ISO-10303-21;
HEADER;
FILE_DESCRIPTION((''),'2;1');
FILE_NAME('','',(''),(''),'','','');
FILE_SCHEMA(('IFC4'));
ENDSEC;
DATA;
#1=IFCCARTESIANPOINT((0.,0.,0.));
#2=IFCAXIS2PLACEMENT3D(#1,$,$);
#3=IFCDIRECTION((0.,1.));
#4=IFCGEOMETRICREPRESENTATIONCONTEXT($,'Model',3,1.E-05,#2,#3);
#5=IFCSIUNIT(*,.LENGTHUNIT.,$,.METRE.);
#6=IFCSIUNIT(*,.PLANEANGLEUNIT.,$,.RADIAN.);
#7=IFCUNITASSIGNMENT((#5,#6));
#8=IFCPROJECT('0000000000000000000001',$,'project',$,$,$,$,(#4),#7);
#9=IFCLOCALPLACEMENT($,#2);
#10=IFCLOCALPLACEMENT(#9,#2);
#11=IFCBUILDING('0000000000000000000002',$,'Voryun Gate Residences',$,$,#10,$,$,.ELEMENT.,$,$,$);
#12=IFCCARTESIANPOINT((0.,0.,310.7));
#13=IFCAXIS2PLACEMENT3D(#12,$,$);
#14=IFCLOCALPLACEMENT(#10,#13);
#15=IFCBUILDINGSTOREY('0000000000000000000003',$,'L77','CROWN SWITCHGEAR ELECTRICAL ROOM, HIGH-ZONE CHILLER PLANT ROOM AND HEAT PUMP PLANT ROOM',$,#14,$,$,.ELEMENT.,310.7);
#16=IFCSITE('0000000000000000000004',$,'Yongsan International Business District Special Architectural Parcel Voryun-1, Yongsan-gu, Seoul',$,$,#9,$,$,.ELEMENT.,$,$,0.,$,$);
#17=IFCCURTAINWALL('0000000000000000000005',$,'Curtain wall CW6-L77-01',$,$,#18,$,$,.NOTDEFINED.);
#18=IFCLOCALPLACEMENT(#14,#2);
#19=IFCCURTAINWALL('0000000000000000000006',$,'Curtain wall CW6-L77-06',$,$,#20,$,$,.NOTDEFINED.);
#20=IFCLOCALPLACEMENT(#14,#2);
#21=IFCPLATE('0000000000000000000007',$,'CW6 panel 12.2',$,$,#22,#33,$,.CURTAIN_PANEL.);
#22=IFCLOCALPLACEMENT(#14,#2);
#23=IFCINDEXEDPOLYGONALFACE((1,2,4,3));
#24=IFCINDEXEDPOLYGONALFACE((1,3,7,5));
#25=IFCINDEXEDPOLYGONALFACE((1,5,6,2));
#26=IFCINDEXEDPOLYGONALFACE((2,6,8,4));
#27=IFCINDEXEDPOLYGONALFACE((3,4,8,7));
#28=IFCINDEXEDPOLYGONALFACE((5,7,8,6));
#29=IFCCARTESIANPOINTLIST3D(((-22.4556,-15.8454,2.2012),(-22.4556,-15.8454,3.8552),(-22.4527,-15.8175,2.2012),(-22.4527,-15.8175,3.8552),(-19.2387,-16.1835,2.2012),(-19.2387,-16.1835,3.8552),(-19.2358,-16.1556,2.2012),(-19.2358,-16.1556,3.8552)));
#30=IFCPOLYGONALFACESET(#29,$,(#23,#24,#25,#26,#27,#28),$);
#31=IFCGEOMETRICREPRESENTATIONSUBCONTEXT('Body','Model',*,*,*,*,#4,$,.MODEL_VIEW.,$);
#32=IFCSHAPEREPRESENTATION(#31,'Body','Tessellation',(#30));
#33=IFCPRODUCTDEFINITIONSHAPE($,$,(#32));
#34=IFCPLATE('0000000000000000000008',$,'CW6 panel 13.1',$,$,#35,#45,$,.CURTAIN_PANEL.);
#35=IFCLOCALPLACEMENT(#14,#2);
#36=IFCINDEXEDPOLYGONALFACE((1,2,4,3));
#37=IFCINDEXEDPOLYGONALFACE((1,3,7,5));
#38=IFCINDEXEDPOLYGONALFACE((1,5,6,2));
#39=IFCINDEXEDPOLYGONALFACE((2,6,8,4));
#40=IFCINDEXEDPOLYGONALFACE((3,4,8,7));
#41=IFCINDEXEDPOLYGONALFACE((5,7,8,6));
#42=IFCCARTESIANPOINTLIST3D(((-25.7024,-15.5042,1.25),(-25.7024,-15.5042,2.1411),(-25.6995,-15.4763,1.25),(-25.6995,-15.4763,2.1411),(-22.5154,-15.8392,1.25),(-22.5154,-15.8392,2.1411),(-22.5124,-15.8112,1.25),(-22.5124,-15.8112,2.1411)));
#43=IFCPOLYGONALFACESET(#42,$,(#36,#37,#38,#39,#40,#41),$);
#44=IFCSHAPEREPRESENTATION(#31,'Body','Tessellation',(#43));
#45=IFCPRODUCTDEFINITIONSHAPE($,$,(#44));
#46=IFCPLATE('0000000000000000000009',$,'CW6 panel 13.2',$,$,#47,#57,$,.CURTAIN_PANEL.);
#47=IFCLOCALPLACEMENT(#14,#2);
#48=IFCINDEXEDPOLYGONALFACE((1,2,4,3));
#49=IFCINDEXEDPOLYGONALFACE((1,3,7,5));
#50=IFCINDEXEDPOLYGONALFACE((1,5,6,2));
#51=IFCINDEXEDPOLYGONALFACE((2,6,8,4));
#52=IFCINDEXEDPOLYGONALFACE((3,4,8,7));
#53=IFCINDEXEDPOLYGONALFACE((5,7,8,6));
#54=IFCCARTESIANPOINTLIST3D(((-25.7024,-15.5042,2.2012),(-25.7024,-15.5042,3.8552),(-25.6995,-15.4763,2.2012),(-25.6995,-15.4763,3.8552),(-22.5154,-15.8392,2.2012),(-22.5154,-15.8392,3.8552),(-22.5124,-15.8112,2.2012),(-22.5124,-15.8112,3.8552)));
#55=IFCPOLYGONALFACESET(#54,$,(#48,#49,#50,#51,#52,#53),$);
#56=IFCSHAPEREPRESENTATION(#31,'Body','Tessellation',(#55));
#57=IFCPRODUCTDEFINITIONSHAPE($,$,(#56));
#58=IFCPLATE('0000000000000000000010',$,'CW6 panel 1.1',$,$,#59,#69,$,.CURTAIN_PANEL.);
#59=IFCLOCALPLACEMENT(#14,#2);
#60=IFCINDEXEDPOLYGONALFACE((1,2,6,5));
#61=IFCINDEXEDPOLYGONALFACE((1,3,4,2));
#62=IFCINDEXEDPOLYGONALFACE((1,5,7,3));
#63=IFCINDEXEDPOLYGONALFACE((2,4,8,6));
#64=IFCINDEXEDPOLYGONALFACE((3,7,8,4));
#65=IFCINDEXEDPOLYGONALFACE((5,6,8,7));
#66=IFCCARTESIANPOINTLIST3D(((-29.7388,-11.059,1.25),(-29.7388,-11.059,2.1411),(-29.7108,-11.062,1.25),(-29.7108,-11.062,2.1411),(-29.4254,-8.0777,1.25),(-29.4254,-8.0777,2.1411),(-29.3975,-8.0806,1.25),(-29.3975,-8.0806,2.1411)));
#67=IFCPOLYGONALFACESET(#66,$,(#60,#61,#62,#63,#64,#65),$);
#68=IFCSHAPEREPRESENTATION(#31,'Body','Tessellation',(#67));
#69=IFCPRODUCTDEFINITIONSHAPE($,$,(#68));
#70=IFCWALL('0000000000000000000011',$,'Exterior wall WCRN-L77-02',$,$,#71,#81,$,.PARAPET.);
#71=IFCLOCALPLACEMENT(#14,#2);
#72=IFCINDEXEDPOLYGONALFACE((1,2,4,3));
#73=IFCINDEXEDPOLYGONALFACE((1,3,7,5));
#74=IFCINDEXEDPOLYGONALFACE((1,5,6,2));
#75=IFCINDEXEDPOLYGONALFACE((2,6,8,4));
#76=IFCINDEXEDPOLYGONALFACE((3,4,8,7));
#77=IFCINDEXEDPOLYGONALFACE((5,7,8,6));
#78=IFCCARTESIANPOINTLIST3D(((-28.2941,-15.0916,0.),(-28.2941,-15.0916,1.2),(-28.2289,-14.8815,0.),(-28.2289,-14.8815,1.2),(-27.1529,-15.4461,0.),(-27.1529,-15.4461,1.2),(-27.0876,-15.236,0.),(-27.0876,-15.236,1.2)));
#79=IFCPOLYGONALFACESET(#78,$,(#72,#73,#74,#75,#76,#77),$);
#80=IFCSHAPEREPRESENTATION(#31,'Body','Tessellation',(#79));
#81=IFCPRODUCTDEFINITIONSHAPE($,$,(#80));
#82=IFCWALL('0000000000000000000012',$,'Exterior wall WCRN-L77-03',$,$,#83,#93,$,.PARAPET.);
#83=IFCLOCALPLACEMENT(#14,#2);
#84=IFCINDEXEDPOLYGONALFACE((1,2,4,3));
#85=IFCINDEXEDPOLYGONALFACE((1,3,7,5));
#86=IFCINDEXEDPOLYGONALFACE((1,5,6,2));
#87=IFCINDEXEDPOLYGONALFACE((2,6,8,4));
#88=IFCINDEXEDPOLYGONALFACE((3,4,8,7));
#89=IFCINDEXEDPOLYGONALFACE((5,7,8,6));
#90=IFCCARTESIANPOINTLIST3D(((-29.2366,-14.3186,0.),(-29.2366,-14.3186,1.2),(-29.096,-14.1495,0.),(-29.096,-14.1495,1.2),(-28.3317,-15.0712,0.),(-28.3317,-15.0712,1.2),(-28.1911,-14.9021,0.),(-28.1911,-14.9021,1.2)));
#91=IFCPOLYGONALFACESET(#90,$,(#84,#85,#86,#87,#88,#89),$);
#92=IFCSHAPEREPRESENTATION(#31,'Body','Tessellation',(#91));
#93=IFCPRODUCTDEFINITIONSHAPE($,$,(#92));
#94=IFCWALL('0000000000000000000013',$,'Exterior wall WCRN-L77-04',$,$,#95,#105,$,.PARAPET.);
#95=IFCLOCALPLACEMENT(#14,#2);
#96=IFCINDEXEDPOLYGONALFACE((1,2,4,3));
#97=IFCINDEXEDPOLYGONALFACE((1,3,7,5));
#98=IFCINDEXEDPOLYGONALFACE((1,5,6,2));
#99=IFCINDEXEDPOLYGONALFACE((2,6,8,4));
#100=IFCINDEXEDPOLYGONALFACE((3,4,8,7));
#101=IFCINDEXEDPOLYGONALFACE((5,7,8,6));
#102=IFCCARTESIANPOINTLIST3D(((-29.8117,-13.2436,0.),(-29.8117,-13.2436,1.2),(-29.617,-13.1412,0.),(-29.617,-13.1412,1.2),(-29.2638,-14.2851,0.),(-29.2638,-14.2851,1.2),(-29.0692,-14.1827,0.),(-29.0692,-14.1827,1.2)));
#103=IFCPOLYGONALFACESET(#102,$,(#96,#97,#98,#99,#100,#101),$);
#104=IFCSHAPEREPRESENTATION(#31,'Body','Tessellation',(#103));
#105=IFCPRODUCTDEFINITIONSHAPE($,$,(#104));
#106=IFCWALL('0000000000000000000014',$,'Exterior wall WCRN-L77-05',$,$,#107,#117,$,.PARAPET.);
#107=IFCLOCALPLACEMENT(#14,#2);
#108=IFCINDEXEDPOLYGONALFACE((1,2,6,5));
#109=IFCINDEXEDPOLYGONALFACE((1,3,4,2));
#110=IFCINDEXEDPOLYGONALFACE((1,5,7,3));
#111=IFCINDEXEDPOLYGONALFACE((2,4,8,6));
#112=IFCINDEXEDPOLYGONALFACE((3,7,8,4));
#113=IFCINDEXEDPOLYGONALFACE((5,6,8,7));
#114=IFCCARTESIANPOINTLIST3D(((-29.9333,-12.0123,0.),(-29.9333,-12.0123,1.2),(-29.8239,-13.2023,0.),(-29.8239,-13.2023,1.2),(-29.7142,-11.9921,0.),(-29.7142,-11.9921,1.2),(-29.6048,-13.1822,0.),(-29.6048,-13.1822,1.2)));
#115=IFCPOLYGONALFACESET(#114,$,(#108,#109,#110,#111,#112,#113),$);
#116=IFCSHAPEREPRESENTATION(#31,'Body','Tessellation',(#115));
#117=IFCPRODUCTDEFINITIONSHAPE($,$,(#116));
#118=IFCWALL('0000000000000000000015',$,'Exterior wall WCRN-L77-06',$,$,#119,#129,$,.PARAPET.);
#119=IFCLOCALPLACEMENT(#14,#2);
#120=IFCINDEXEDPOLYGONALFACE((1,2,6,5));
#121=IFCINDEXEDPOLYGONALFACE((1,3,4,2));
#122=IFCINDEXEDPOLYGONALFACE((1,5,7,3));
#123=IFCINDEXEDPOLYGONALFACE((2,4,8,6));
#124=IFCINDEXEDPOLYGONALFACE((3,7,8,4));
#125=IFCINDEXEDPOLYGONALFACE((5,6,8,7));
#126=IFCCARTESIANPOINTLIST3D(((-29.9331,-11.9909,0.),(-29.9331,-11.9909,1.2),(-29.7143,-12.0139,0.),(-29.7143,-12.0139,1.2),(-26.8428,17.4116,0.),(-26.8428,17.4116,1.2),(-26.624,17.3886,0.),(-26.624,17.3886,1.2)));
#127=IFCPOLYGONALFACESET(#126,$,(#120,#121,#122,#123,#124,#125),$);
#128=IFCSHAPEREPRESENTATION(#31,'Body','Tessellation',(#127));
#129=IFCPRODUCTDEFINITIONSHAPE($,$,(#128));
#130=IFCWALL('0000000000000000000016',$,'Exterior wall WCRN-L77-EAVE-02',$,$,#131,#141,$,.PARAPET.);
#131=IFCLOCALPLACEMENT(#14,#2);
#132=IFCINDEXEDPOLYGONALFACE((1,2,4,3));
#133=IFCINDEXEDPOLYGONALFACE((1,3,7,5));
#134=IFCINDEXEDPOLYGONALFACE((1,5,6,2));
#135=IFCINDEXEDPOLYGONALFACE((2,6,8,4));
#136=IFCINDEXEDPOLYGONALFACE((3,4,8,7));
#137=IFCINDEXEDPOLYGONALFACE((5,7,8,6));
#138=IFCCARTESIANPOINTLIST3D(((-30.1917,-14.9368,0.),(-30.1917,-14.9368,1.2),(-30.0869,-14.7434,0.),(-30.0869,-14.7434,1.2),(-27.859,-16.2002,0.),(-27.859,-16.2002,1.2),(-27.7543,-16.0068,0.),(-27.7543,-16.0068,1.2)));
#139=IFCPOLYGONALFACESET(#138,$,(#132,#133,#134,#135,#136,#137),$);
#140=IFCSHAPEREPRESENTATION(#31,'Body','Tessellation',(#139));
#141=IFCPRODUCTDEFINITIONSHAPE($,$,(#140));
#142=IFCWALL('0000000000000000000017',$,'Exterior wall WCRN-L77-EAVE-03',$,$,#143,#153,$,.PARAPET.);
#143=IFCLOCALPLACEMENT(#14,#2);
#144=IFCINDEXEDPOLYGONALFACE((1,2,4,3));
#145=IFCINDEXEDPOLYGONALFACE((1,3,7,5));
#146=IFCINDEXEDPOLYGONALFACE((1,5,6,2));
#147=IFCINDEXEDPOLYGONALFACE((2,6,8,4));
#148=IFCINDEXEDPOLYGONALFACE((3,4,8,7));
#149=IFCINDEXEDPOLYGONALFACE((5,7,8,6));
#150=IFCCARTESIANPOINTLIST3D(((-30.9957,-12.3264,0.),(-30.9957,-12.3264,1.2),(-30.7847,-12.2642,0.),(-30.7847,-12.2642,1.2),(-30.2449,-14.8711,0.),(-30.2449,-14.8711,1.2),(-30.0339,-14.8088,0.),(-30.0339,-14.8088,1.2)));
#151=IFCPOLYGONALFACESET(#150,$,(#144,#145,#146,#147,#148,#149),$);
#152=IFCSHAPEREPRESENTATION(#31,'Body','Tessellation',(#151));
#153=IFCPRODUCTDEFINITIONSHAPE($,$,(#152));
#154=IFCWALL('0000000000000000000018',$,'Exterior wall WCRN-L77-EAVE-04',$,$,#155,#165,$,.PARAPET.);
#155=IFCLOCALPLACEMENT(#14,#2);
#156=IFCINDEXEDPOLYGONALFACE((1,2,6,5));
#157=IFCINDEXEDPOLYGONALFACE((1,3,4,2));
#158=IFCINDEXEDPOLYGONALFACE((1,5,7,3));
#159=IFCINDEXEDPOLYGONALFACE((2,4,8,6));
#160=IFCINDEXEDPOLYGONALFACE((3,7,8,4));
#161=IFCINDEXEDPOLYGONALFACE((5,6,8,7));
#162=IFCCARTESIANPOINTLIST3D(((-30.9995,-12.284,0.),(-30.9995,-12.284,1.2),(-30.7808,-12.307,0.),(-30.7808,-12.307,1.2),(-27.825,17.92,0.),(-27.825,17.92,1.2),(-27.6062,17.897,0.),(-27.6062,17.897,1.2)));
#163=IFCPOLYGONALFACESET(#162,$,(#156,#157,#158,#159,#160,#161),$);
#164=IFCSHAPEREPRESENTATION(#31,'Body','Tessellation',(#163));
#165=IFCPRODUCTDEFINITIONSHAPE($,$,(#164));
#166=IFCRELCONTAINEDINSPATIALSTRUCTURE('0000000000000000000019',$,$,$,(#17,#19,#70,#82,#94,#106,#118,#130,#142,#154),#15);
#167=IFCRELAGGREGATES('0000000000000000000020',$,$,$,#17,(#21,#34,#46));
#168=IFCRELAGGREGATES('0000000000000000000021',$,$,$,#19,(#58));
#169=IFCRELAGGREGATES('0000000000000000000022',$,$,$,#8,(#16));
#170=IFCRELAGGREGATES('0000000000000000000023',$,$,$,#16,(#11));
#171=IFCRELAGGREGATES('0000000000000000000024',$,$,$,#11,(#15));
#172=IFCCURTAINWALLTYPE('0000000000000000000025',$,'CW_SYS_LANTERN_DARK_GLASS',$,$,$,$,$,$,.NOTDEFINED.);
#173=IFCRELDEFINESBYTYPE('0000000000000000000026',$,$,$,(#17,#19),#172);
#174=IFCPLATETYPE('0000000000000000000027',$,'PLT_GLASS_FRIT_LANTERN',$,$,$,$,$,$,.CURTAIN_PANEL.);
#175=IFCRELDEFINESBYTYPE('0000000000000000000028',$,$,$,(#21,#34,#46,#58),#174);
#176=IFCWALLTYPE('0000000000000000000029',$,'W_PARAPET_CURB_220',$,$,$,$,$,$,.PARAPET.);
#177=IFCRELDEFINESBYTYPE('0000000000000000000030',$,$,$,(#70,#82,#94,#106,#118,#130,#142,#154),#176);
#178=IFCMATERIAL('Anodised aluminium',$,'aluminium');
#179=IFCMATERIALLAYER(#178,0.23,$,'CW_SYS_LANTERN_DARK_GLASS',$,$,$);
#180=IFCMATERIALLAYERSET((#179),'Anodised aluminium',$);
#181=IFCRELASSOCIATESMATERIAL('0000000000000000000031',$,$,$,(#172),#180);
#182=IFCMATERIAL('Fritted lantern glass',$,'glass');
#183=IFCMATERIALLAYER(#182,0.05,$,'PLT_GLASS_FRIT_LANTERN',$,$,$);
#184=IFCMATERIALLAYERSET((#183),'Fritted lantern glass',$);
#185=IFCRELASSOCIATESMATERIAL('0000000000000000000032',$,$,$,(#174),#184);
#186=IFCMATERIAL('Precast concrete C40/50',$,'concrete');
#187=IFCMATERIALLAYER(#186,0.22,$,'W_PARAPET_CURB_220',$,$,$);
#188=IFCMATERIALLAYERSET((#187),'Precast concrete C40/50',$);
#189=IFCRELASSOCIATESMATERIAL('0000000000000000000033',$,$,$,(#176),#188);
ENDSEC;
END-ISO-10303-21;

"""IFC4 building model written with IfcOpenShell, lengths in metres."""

from ifc_helpers import new_model, si_unit, direction, frame, frame_2d, origin, origin_2d, place, context, subcontext, project, spatial, rectangle, extrude, material, layer, layer_set, type_object, element, aggregate, save


model = new_model("IFC4")

# Units and contexts
model_context = context("Model", 3, precision=1e-05, world=origin(), true_north=direction((0.0, 1.0)))
body_context = subcontext(model_context, "Body", "Model", "MODEL_VIEW")
ifc_project = project(units=[si_unit("LENGTHUNIT", "METRE"), si_unit("PLANEANGLEUNIT", "RADIAN")], contexts=[model_context])

# Site, building, storey
site_placement = place(None, origin())
site = spatial("IfcSite", under=ifc_project, at=site_placement, Name="Yongsan International Business District Special Architectural Parcel Voryun-1, Yongsan-gu, Seoul", CompositionType="ELEMENT", RefElevation=0.0)
building_placement = place(site_placement, origin())
building = spatial("IfcBuilding", under=site, at=building_placement, Name="Voryun Gate Residences", CompositionType="ELEMENT")
storey_placement = place(building_placement, frame((0.0, 0.0, 310.7)))
storey = spatial("IfcBuildingStorey", under=building, at=storey_placement, Name="L77", Description="CROWN SWITCHGEAR ELECTRICAL ROOM, HIGH-ZONE CHILLER PLANT ROOM AND HEAT PUMP PLANT ROOM", CompositionType="ELEMENT", Elevation=310.7)

# Curtain wall
ifc_material_1 = material(Name="Anodised aluminium", Category="aluminium")
ifc_layer_1 = layer(ifc_material_1, 0.23, Name="CW_SYS_LANTERN_DARK_GLASS")
ifc_layer_set_1 = layer_set([ifc_layer_1], Name="Anodised aluminium")
curtain_wall_type = type_object("IfcCurtainWallType", Name="CW_SYS_LANTERN_DARK_GLASS", PredefinedType="NOTDEFINED", material=ifc_layer_set_1)
curtain_wall_1_placement = place(storey_placement, origin())
curtain_wall_1 = element("IfcCurtainWall", 1, at=curtain_wall_1_placement, inside=storey, type_object=curtain_wall_type, Name="Curtain wall CW6-L77-01", PredefinedType="NOTDEFINED")

# Curtain wall
curtain_wall_2_placement = place(storey_placement, origin())
curtain_wall_2 = element("IfcCurtainWall", 2, at=curtain_wall_2_placement, inside=storey, type_object=curtain_wall_type, Name="Curtain wall CW6-L77-06", PredefinedType="NOTDEFINED")

# Plates
ifc_material_2 = material(Name="Fritted lantern glass", Category="glass")
ifc_layer_2 = layer(ifc_material_2, 0.05, Name="PLT_GLASS_FRIT_LANTERN")
ifc_layer_set_2 = layer_set([ifc_layer_2], Name="Fritted lantern glass")
plate_type_1 = type_object("IfcPlateType", Name="PLT_GLASS_FRIT_LANTERN", PredefinedType="CURTAIN_PANEL", material=ifc_layer_set_2)
plate_1_placement = place(storey_placement, frame((-20.8457, -16.0005, 2.2012), z_axis=(0.0, 0.0, 1.0), x_axis=(-0.994522, 0.104528, 0.0)))
plate_1 = element("IfcPlate", 3, at=plate_1_placement, type_object=plate_type_1, Name="CW6 panel 12.2", PredefinedType="CURTAIN_PANEL", context=body_context, shape_type="SweptSolid", body=[
    extrude(rectangle(XDim=3.2346, YDim=0.0281, at=origin_2d()), origin(), (0.0, 0.0, 1.0), 1.6541),
])
plate_2_placement = place(storey_placement, frame((-24.1074, -15.6577, 1.25), z_axis=(0.0, 0.0, 1.0), x_axis=(-0.994522, 0.104528, 0.0)))
plate_2 = element("IfcPlate", 4, at=plate_2_placement, type_object=plate_type_1, Name="CW6 panel 13.1", PredefinedType="CURTAIN_PANEL", context=body_context, shape_type="SweptSolid", body=[
    extrude(rectangle(XDim=3.2046, YDim=0.0281, at=origin_2d()), origin(), (0.0, 0.0, 1.0), 0.8911),
])
plate_3_placement = place(storey_placement, frame((-24.1074, -15.6577, 2.2012), z_axis=(0.0, 0.0, 1.0), x_axis=(-0.994522, 0.104528, 0.0)))
plate_3 = element("IfcPlate", 5, at=plate_3_placement, type_object=plate_type_1, Name="CW6 panel 13.2", PredefinedType="CURTAIN_PANEL", context=body_context, shape_type="SweptSolid", body=[
    extrude(rectangle(XDim=3.2046, YDim=0.0281, at=origin_2d()), origin(), (0.0, 0.0, 1.0), 1.6541),
])
aggregate(curtain_wall_1, [plate_1, plate_2, plate_3])
plate_4_placement = place(storey_placement, frame((-29.5681, -9.5698, 1.25), z_axis=(0.0, 0.0, 1.0), x_axis=(0.104528, 0.994522, 0.0)))
plate_4 = element("IfcPlate", 6, at=plate_4_placement, type_object=plate_type_1, Name="CW6 panel 1.1", PredefinedType="CURTAIN_PANEL", context=body_context, shape_type="SweptSolid", body=[
    extrude(rectangle(XDim=2.9978, YDim=0.0281, at=origin_2d()), origin(), (0.0, 0.0, 1.0), 0.8911),
])
aggregate(curtain_wall_2, [plate_4])

# Walls
ifc_material_3 = material(Name="Precast concrete C40/50", Category="concrete")
ifc_layer_3 = layer(ifc_material_3, 0.22, Name="W_PARAPET_CURB_220")
ifc_layer_set_3 = layer_set([ifc_layer_3], Name="Precast concrete C40/50")
wall_type = type_object("IfcWallType", Name="W_PARAPET_CURB_220", PredefinedType="PARAPET", material=ifc_layer_set_3)
wall_1_placement = place(storey_placement, frame((-27.1201, -15.3411, 0.0), z_axis=(0.0, 0.0, 1.0), x_axis=(-0.954998, 0.296611, 0.0)))
element("IfcWall", 7, at=wall_1_placement, inside=storey, type_object=wall_type, Name="Exterior wall WCRN-L77-02", PredefinedType="PARAPET", context=body_context, shape_type="SweptSolid", body=[
    extrude(rectangle(XDim=1.1951, YDim=0.22, at=frame_2d((0.5977, 0.0))), origin(), (0.0, 0.0, 1.0), 1.2),
])
wall_2_placement = place(storey_placement, frame((-28.2615, -14.9866, 0.0), z_axis=(0.0, 0.0, 1.0), x_axis=(-0.76885, 0.639429, 0.0)))
element("IfcWall", 8, at=wall_2_placement, inside=storey, type_object=wall_type, Name="Exterior wall WCRN-L77-03", PredefinedType="PARAPET", context=body_context, shape_type="SweptSolid", body=[
    extrude(rectangle(XDim=1.177, YDim=0.22, at=frame_2d((0.5884, 0.0))), origin(), (0.0, 0.0, 1.0), 1.2),
])
wall_3_placement = place(storey_placement, frame((-29.1665, -14.2339, 0.0), z_axis=(0.0, 0.0, 1.0), x_axis=(-0.465541, 0.885026, 0.0)))
element("IfcWall", 9, at=wall_3_placement, inside=storey, type_object=wall_type, Name="Exterior wall WCRN-L77-04", PredefinedType="PARAPET", context=body_context, shape_type="SweptSolid", body=[
    extrude(rectangle(XDim=1.1768, YDim=0.22, at=frame_2d((0.5884, 0.0))), origin(), (0.0, 0.0, 1.0), 1.2),
])
wall_4_placement = place(storey_placement, frame((-29.7144, -13.1924, 0.0), z_axis=(0.0, 0.0, 1.0), x_axis=(-0.09153, 0.995802, 0.0)))
element("IfcWall", 10, at=wall_4_placement, inside=storey, type_object=wall_type, Name="Exterior wall WCRN-L77-05", PredefinedType="PARAPET", context=body_context, shape_type="SweptSolid", body=[
    extrude(rectangle(XDim=1.1951, YDim=0.22, at=frame_2d((0.5977, 0.0))), origin(), (0.0, 0.0, 1.0), 1.2),
])
wall_5_placement = place(storey_placement, frame((-29.8237, -12.0024, 0.0), z_axis=(0.0, 0.0, 1.0), x_axis=(0.104528, 0.994522, 0.0)))
element("IfcWall", 11, at=wall_5_placement, inside=storey, type_object=wall_type, Name="Exterior wall WCRN-L77-06", PredefinedType="PARAPET", context=body_context, shape_type="SweptSolid", body=[
    extrude(rectangle(XDim=29.5645, YDim=0.22, at=frame_2d((14.7822, 0.0))), origin(), (0.0, 0.0, 1.0), 1.2),
])
wall_6_placement = place(storey_placement, frame((-27.8066, -16.1035, 0.0), z_axis=(0.0, 0.0, 1.0), x_axis=(-0.879316, 0.476239, 0.0)))
element("IfcWall", 12, at=wall_6_placement, inside=storey, type_object=wall_type, Name="Exterior wall WCRN-L77-EAVE-02", PredefinedType="PARAPET", context=body_context, shape_type="SweptSolid", body=[
    extrude(rectangle(XDim=2.6528, YDim=0.22, at=frame_2d((1.3264, 0.0))), origin(), (0.0, 0.0, 1.0), 1.2),
])
wall_7_placement = place(storey_placement, frame((-30.1394, -14.8401, 0.0), z_axis=(0.0, 0.0, 1.0), x_axis=(-0.282963, 0.959131, 0.0)))
element("IfcWall", 13, at=wall_7_placement, inside=storey, type_object=wall_type, Name="Exterior wall WCRN-L77-EAVE-03", PredefinedType="PARAPET", context=body_context, shape_type="SweptSolid", body=[
    extrude(rectangle(XDim=2.6531, YDim=0.22, at=frame_2d((1.3267, 0.0))), origin(), (0.0, 0.0, 1.0), 1.2),
])
wall_8_placement = place(storey_placement, frame((-30.8901, -12.2954, 0.0), z_axis=(0.0, 0.0, 1.0), x_axis=(0.104528, 0.994522, 0.0)))
element("IfcWall", 14, at=wall_8_placement, inside=storey, type_object=wall_type, Name="Exterior wall WCRN-L77-EAVE-04", PredefinedType="PARAPET", context=body_context, shape_type="SweptSolid", body=[
    extrude(rectangle(XDim=30.3704, YDim=0.22, at=frame_2d((15.1851, 0.0))), origin(), (0.0, 0.0, 1.0), 1.2),
])

save(model, "model.ifc")
